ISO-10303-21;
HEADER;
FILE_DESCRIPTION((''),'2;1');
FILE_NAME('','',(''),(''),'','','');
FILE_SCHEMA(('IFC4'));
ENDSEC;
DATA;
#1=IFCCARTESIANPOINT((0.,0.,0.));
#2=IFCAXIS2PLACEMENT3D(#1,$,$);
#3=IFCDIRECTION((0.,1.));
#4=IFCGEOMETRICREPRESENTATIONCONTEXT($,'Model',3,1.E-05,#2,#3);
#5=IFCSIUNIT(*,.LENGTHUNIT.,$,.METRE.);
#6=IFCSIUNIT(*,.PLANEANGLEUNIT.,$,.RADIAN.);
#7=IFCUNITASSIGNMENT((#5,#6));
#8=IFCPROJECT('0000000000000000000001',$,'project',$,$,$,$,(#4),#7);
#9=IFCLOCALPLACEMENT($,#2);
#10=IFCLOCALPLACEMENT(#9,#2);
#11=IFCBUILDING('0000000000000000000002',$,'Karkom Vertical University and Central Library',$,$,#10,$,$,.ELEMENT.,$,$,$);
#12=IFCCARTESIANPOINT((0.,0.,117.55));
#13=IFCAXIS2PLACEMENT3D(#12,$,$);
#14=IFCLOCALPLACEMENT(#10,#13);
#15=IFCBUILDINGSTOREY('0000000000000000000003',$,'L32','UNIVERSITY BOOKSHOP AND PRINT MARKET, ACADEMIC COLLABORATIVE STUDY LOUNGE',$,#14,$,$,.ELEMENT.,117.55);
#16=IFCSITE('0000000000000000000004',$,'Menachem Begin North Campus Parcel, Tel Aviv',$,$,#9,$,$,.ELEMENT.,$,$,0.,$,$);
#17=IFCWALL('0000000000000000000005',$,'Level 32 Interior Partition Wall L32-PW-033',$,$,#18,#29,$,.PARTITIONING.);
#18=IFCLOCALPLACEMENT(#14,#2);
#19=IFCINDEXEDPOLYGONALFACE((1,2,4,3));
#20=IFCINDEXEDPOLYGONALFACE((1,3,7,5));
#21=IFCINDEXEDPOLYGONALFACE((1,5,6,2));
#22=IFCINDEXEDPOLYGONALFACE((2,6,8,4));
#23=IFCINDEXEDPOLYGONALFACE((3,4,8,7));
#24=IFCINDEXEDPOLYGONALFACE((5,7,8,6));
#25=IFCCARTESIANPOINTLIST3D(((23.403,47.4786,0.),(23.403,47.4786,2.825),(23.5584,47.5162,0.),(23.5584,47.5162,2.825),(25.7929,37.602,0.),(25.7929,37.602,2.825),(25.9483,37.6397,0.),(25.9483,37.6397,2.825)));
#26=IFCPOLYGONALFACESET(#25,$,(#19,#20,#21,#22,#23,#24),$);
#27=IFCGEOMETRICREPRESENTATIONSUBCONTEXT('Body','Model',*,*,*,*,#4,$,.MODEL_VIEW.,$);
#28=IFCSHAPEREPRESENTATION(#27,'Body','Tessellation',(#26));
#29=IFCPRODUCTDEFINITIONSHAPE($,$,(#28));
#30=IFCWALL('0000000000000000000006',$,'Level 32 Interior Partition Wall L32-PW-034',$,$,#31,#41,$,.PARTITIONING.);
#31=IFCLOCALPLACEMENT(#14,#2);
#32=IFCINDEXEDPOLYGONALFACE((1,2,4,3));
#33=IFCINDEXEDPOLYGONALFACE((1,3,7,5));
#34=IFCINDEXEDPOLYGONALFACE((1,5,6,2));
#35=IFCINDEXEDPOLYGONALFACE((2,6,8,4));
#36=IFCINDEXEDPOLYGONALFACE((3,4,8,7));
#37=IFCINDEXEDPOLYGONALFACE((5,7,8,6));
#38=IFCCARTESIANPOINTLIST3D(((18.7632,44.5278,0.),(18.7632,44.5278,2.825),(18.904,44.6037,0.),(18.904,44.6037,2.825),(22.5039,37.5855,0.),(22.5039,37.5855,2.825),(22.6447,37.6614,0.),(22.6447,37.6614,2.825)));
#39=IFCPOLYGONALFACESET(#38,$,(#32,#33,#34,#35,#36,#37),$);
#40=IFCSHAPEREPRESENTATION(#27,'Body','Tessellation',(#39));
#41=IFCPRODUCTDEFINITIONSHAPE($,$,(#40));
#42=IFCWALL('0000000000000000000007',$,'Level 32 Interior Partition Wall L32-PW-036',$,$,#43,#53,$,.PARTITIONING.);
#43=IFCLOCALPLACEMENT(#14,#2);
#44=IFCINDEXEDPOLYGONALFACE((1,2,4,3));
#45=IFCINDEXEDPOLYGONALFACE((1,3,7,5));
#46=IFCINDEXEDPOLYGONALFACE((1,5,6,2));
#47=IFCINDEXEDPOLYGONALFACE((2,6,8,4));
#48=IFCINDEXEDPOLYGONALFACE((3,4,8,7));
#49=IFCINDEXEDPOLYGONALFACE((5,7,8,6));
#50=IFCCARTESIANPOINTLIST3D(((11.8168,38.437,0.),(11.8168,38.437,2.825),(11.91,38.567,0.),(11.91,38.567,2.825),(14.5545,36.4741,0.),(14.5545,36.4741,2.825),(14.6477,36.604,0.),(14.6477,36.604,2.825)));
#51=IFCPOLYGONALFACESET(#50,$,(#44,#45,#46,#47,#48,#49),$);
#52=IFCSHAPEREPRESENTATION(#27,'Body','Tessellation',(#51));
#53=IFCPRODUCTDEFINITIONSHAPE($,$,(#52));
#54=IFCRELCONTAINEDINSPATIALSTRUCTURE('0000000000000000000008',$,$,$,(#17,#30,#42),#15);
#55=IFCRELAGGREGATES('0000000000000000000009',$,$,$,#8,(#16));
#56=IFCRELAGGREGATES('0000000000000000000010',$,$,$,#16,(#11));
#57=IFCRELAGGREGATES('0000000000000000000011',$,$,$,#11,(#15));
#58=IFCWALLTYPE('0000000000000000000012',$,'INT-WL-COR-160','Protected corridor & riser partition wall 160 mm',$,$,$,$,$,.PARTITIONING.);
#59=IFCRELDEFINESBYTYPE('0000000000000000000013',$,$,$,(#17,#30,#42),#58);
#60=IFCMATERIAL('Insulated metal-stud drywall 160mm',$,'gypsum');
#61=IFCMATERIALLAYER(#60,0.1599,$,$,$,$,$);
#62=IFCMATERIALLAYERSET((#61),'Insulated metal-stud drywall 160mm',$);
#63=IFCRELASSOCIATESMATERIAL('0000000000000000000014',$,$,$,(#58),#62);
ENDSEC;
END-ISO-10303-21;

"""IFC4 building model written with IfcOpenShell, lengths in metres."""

from ifc_helpers import new_model, si_unit, direction, frame, frame_2d, origin, place, context, subcontext, project, spatial, rectangle, extrude, material, layer, layer_set, type_object, element, save


model = new_model("IFC4")

# Units and contexts
model_context = context("Model", 3, precision=1e-05, world=origin(), true_north=direction((0.0, 1.0)))
body_context = subcontext(model_context, "Body", "Model", "MODEL_VIEW")
ifc_project = project(units=[si_unit("LENGTHUNIT", "METRE"), si_unit("PLANEANGLEUNIT", "RADIAN")], contexts=[model_context])

# Site, building, storey
site_placement = place(None, origin())
site = spatial("IfcSite", under=ifc_project, at=site_placement, Name="Menachem Begin North Campus Parcel, Tel Aviv", CompositionType="ELEMENT", RefElevation=0.0)
building_placement = place(site_placement, origin())
building = spatial("IfcBuilding", under=site, at=building_placement, Name="Karkom Vertical University and Central Library", CompositionType="ELEMENT")
storey_placement = place(building_placement, frame((0.0, 0.0, 117.55)))
storey = spatial("IfcBuildingStorey", under=building, at=storey_placement, Name="L32", Description="UNIVERSITY BOOKSHOP AND PRINT MARKET, ACADEMIC COLLABORATIVE STUDY LOUNGE", CompositionType="ELEMENT", Elevation=117.55)

# Shared definitions
ifc_material_1 = material(Name="Insulated metal-stud drywall 160mm", Category="gypsum")
ifc_layer_1 = layer(ifc_material_1, 0.1599)
ifc_layer_set_1 = layer_set([ifc_layer_1], Name="Insulated metal-stud drywall 160mm")
wall_type_1 = type_object("IfcWallType", Name="INT-WL-COR-160", Description="Protected corridor & riser partition wall 160 mm", PredefinedType="PARTITIONING", material=ifc_layer_set_1)

# Walls
wall_1_placement = place(storey_placement, frame((25.8706, 37.6208, 0.0), z_axis=(0.0, 0.0, 1.0), x_axis=(-0.235191, 0.971949, 0.0)))
element("IfcWall", 1, at=wall_1_placement, inside=storey, type_object=wall_type_1, Name="Level 32 Interior Partition Wall L32-PW-033", PredefinedType="PARTITIONING", context=body_context, shape_type="SweptSolid", body=[
    extrude(rectangle(XDim=10.1616, YDim=0.1599, at=frame_2d((5.0808, 0.0))), origin(), (0.0, 0.0, 1.0), 2.825),
])
wall_2_placement = place(storey_placement, frame((22.5742, 37.6235, 0.0), z_axis=(0.0, 0.0, 1.0), x_axis=(-0.474347, 0.880338, 0.0)))
element("IfcWall", 2, at=wall_2_placement, inside=storey, type_object=wall_type_1, Name="Level 32 Interior Partition Wall L32-PW-034", PredefinedType="PARTITIONING", context=body_context, shape_type="SweptSolid", body=[
    extrude(rectangle(XDim=7.886, YDim=0.1599, at=frame_2d((3.9429, 0.0))), origin(), (0.0, 0.0, 1.0), 2.825),
])
wall_3_placement = place(storey_placement, frame((14.6011, 36.5391, 0.0), z_axis=(0.0, 0.0, 1.0), x_axis=(-0.812679, 0.582711, 0.0)))
element("IfcWall", 3, at=wall_3_placement, inside=storey, type_object=wall_type_1, Name="Level 32 Interior Partition Wall L32-PW-036", PredefinedType="PARTITIONING", context=body_context, shape_type="SweptSolid", body=[
    extrude(rectangle(XDim=3.3687, YDim=0.1599, at=frame_2d((1.6843, 0.0))), origin(), (0.0, 0.0, 1.0), 2.825),
])

save(model, "model.ifc")
